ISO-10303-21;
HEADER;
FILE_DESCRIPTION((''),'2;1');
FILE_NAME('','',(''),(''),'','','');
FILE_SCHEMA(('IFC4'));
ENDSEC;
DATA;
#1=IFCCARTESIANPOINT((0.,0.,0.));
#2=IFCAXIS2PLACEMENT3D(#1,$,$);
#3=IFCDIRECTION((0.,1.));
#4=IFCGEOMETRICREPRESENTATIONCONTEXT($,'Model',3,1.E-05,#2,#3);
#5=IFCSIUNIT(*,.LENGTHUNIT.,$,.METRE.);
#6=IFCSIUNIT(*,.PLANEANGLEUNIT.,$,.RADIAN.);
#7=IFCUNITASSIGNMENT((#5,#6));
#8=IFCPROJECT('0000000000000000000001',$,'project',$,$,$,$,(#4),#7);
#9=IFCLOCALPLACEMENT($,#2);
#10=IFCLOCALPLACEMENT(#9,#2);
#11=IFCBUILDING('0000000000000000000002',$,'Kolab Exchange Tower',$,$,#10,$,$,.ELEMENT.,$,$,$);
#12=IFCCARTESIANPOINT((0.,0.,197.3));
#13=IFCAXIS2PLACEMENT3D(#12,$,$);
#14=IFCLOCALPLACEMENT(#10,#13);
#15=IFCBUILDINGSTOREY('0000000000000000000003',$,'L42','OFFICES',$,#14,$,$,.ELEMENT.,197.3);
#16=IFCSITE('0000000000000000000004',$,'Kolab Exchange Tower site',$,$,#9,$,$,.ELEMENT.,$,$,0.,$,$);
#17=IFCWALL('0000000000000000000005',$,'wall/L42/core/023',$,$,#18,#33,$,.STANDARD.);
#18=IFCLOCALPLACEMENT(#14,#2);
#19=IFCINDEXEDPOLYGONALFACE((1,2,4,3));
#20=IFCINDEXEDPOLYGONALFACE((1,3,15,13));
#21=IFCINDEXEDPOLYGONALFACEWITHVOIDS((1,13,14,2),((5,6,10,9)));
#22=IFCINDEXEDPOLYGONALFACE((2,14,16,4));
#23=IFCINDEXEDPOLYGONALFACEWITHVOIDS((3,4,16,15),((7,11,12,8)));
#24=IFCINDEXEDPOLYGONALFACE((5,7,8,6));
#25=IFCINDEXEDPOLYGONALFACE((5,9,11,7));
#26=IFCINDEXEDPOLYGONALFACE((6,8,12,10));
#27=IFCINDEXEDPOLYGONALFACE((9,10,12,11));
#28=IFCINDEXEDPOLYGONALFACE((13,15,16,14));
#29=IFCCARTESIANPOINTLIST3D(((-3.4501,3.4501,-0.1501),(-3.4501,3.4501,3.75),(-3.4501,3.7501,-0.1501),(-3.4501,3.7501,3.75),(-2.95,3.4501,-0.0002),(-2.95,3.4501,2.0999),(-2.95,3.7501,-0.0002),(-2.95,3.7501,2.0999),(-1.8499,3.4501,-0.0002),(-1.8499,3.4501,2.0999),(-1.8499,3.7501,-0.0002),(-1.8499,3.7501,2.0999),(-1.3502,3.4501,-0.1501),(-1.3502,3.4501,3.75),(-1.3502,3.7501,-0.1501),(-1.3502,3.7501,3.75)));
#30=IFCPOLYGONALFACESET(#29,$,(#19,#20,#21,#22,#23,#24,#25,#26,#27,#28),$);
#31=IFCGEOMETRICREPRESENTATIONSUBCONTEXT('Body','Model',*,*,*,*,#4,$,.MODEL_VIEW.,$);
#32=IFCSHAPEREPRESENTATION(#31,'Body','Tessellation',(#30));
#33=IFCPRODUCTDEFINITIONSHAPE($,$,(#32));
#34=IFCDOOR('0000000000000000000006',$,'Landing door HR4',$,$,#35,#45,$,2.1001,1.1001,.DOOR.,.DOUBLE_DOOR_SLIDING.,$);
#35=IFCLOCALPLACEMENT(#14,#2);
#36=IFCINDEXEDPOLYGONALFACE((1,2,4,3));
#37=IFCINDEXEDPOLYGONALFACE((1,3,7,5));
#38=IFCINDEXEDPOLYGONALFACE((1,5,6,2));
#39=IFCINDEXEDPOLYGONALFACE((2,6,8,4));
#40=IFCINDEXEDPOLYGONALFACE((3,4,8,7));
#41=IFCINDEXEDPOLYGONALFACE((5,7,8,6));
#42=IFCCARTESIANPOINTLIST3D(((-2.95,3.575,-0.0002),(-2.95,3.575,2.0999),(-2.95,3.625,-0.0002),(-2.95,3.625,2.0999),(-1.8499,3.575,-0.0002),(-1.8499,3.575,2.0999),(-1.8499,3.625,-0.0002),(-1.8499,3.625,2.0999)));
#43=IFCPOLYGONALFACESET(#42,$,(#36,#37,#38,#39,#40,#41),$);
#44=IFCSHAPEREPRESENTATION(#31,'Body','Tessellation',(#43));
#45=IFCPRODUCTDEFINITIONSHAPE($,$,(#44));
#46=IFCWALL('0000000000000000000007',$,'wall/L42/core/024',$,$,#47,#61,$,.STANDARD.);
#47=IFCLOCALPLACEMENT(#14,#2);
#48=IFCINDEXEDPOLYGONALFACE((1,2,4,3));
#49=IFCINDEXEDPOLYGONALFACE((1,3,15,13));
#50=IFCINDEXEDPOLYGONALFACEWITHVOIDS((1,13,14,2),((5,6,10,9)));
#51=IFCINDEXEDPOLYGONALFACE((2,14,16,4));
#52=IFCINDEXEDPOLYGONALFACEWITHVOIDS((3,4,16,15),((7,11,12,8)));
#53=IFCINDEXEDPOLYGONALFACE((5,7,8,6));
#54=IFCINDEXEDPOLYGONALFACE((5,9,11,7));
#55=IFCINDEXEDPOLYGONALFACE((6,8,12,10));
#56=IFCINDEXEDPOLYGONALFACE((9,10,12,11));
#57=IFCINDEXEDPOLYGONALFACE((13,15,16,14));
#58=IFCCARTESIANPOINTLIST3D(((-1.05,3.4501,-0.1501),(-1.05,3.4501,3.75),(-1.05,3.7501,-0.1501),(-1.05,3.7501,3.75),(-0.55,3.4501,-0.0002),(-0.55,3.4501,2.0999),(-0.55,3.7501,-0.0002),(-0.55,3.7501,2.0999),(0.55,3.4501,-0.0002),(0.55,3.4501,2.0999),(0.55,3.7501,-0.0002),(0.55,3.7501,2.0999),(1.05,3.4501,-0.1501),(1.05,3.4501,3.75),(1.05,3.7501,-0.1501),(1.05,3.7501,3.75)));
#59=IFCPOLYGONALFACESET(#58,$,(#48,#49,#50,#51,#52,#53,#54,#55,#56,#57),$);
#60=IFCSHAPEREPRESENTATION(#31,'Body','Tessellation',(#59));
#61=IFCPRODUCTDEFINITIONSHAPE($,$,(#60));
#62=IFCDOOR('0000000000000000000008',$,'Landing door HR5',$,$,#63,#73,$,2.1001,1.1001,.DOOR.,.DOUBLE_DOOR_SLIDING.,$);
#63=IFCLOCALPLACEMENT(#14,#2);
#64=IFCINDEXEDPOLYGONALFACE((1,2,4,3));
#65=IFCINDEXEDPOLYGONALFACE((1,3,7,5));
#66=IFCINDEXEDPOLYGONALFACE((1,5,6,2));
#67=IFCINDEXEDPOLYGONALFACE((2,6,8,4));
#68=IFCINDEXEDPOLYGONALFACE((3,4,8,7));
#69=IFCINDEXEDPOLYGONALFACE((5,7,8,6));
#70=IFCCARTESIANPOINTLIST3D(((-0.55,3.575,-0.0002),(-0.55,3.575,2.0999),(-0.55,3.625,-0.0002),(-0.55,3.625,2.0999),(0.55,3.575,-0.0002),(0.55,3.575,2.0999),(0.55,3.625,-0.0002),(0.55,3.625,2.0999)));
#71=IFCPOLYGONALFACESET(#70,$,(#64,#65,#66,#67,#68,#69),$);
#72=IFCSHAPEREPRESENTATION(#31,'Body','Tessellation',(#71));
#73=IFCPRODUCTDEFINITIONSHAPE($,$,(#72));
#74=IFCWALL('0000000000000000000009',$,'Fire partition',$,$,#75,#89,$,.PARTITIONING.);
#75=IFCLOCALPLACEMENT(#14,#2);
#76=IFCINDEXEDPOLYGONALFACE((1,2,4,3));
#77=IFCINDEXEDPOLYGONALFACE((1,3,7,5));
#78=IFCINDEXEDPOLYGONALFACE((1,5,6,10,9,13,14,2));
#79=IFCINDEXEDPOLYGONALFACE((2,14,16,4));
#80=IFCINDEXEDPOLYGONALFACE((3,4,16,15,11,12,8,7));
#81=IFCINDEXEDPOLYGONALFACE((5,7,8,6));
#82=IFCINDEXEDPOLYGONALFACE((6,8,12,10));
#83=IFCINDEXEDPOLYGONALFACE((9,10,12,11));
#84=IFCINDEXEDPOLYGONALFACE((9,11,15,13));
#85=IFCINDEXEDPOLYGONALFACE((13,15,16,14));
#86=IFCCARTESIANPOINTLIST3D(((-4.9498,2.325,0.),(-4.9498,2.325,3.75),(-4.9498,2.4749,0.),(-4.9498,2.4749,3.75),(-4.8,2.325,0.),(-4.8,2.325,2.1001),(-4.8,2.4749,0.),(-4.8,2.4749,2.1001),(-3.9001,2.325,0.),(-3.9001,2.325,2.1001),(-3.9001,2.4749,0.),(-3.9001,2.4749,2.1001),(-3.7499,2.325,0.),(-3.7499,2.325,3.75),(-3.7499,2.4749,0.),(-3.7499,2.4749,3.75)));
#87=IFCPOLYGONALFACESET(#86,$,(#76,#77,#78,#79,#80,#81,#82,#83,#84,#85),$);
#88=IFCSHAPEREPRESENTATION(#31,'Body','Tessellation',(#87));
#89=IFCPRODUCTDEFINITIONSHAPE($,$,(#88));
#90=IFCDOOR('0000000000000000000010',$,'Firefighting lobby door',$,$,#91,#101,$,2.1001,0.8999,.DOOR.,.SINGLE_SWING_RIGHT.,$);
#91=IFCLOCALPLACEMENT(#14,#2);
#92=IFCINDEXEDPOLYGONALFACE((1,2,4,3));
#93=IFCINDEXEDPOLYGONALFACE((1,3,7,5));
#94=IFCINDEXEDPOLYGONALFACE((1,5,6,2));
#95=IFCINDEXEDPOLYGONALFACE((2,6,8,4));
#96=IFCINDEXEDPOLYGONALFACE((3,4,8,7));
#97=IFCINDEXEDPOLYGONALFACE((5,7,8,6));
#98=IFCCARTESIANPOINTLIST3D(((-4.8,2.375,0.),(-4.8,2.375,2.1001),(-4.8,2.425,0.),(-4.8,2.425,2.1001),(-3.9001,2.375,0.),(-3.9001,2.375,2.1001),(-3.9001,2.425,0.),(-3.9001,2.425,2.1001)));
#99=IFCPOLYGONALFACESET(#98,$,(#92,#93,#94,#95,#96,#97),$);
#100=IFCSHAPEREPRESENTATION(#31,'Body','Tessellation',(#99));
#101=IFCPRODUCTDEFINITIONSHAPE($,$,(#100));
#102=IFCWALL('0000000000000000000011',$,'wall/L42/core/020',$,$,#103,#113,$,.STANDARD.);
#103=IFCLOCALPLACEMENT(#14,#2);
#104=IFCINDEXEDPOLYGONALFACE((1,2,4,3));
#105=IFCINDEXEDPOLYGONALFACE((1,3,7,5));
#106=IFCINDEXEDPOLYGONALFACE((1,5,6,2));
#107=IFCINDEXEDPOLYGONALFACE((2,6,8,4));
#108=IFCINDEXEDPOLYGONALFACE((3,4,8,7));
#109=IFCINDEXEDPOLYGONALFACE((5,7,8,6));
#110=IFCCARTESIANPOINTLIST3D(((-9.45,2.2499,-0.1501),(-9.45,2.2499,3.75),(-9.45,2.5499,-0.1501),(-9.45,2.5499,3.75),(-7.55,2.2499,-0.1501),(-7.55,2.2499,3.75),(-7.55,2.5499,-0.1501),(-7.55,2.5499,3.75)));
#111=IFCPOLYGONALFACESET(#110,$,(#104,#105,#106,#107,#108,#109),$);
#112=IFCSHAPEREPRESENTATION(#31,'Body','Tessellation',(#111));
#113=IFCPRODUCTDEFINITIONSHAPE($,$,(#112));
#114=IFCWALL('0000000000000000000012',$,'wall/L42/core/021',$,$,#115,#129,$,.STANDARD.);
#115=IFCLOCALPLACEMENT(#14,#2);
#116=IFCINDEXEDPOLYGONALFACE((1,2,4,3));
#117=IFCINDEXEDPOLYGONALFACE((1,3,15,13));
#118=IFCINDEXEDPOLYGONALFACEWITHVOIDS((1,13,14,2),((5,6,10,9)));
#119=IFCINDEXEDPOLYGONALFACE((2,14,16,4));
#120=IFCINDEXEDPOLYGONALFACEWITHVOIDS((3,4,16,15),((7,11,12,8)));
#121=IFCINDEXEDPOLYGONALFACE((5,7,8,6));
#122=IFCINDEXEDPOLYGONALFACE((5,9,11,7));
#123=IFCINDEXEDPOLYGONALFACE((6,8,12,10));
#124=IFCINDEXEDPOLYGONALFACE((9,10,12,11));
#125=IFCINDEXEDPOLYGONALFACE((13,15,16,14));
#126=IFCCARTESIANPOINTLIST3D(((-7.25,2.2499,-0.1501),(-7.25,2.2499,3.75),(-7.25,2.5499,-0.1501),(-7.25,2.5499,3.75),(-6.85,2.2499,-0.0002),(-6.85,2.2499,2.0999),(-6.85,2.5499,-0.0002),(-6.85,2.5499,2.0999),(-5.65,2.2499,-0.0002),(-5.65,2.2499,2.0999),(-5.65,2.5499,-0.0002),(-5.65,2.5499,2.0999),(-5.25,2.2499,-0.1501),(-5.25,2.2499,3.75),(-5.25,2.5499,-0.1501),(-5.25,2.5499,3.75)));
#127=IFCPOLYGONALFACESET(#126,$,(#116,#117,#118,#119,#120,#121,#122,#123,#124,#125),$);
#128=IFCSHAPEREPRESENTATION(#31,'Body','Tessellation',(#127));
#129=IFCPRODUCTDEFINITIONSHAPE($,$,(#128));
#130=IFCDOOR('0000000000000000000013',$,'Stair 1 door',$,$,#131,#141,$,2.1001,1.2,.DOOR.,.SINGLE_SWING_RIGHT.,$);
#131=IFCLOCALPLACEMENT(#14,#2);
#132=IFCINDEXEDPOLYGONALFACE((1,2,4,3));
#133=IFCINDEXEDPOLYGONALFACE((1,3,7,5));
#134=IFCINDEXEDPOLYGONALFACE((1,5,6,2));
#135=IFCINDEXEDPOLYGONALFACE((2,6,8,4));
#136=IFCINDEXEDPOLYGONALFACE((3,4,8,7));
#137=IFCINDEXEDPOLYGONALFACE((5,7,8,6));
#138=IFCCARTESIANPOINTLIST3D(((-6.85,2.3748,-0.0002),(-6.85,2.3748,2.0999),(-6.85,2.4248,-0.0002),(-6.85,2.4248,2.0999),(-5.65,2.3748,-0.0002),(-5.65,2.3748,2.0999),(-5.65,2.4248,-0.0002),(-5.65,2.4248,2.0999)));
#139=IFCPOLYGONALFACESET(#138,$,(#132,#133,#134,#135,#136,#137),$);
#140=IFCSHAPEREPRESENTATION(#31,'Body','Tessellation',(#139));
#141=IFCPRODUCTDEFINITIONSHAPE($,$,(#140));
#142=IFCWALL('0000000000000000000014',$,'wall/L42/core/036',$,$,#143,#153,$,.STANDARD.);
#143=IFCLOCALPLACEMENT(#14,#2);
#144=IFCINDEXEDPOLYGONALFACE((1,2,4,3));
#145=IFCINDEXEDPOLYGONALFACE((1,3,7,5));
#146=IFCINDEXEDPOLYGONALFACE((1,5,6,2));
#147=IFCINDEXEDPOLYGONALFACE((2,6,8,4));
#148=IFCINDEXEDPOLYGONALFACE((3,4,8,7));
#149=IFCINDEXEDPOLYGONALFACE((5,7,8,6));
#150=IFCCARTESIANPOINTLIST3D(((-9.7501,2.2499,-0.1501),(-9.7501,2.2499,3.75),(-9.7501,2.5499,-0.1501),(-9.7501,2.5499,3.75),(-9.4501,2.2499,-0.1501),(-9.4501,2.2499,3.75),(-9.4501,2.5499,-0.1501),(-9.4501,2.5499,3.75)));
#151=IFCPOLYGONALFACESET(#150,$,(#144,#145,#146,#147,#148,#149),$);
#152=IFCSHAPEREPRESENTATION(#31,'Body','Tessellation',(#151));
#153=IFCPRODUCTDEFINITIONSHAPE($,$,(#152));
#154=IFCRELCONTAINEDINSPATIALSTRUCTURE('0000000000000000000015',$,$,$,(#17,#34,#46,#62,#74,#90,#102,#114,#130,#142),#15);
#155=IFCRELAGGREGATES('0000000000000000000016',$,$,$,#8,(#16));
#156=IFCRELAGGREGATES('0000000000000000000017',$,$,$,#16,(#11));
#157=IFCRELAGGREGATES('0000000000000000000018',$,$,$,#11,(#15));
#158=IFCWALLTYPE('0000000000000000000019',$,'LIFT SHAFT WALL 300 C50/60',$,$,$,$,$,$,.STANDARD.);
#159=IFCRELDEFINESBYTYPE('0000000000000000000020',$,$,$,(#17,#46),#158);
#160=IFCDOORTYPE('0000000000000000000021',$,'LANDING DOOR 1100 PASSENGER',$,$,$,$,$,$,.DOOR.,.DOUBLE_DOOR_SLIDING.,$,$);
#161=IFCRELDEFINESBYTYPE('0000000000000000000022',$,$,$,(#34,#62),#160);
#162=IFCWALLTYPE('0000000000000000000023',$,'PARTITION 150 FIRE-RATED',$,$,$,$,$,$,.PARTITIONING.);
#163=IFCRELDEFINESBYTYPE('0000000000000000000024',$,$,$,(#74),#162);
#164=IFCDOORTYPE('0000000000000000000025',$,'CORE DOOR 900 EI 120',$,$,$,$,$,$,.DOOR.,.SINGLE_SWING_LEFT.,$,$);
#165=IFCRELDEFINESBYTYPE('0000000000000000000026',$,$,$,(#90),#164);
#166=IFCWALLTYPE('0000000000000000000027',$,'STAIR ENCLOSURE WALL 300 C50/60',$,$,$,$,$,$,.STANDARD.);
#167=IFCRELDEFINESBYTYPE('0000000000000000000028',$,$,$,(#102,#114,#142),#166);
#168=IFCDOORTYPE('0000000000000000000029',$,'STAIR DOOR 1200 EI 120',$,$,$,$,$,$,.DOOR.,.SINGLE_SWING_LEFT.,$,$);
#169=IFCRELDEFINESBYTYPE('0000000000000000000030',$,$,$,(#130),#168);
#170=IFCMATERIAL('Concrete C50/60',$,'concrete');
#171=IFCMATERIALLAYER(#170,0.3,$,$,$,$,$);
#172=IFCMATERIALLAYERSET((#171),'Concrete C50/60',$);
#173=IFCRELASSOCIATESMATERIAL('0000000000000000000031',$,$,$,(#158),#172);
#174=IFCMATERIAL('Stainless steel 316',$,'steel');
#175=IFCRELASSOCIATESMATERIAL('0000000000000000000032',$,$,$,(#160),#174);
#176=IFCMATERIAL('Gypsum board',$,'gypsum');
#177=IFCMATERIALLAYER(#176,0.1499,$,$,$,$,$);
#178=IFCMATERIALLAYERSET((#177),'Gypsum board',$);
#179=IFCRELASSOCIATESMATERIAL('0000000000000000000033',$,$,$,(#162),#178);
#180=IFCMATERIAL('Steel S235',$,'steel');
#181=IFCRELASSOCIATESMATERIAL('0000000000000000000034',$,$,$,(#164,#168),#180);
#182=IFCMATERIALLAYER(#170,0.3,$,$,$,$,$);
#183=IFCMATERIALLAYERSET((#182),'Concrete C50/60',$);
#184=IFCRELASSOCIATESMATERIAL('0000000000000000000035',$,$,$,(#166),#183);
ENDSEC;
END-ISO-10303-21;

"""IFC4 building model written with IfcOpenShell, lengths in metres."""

from ifc_helpers import new_model, si_unit, direction, frame, frame_2d, origin, place, context, subcontext, project, spatial, rectangle, extrude, material, layer, layer_set, type_object, element, fill, save


model = new_model("IFC4")

# Units and contexts
model_context = context("Model", 3, precision=1e-05, world=origin(), true_north=direction((0.0, 1.0)))
body_context = subcontext(model_context, "Body", "Model", "MODEL_VIEW")
ifc_project = project(units=[si_unit("LENGTHUNIT", "METRE"), si_unit("PLANEANGLEUNIT", "RADIAN")], contexts=[model_context])

# Site, building, storey
site_placement = place(None, origin())
site = spatial("IfcSite", under=ifc_project, at=site_placement, Name="Kolab Exchange Tower site", CompositionType="ELEMENT", RefElevation=0.0)
building_placement = place(site_placement, origin())
building = spatial("IfcBuilding", under=site, at=building_placement, Name="Kolab Exchange Tower", CompositionType="ELEMENT")
storey_placement = place(building_placement, frame((0.0, 0.0, 197.3)))
storey = spatial("IfcBuildingStorey", under=building, at=storey_placement, Name="L42", Description="OFFICES", CompositionType="ELEMENT", Elevation=197.3)

# Shared definitions
ifc_material_1 = material(Name="Concrete C50/60", Category="concrete")
ifc_layer_1 = layer(ifc_material_1, 0.3)
ifc_layer_set_1 = layer_set([ifc_layer_1], Name="Concrete C50/60")
wall_type_1 = type_object("IfcWallType", Name="LIFT SHAFT WALL 300 C50/60", PredefinedType="STANDARD", material=ifc_layer_set_1)

# Walls, openings, doors
wall_1_placement = place(storey_placement, frame((-3.45, 3.6001, -0.1501), z_axis=(0.0, 0.0, 1.0), x_axis=(1.0, 0.0, 0.0)))
wall_1 = element("IfcWall", 1, at=wall_1_placement, inside=storey, type_object=wall_type_1, Name="wall/L42/core/023", PredefinedType="STANDARD", context=body_context, shape_type="SweptSolid", body=[
    extrude(rectangle(XDim=2.0999, YDim=0.3, at=frame_2d((1.0498, 0.0))), origin(), (0.0, 0.0, 1.0), 3.9001),
])
opening_1_placement = place(wall_1_placement, frame((0.5, 0.0, 0.1499)))
opening_1 = element("IfcOpeningElement", 2, at=opening_1_placement, cuts=wall_1, PredefinedType="OPENING", context=body_context, shape_type="SweptSolid", body=[
    extrude(rectangle(XDim=1.1001, YDim=2.1001, at=frame_2d((0.55, 1.05))), frame((0.0, 0.1602, 0.0), z_axis=(0.0, -1.0, 0.0), x_axis=(1.0, 0.0, 0.0)), (0.0, 0.0, 1.0), 0.3201),
])
ifc_material_2 = material(Name="Stainless steel 316", Category="steel")
door_type_1 = type_object("IfcDoorType", Name="LANDING DOOR 1100 PASSENGER", OperationType="DOUBLE_DOOR_SLIDING", PredefinedType="DOOR", material=ifc_material_2)
door_1_placement = place(opening_1_placement, origin())
door_1 = element("IfcDoor", 3, at=door_1_placement, inside=storey, type_object=door_type_1, Name="Landing door HR4", OperationType="DOUBLE_DOOR_SLIDING", OverallHeight=2.1001, OverallWidth=1.1001, PredefinedType="DOOR", context=body_context, shape_type="SweptSolid", body=[
    extrude(rectangle(XDim=1.1001, YDim=2.1001, at=frame_2d((0.55, 1.05))), frame((0.0, 0.0249, 0.0), z_axis=(0.0, -1.0, 0.0), x_axis=(1.0, 0.0, 0.0)), (0.0, 0.0, 1.0), 0.05),
])
fill(opening_1, door_1)
wall_2_placement = place(storey_placement, frame((-1.05, 3.6001, -0.1501), z_axis=(0.0, 0.0, 1.0), x_axis=(1.0, 0.0, 0.0)))
wall_2 = element("IfcWall", 4, at=wall_2_placement, inside=storey, type_object=wall_type_1, Name="wall/L42/core/024", PredefinedType="STANDARD", context=body_context, shape_type="SweptSolid", body=[
    extrude(rectangle(XDim=2.1001, YDim=0.3, at=frame_2d((1.05, 0.0))), origin(), (0.0, 0.0, 1.0), 3.9001),
])
opening_2_placement = place(wall_2_placement, frame((0.5, 0.0, 0.1499)))
opening_2 = element("IfcOpeningElement", 5, at=opening_2_placement, cuts=wall_2, PredefinedType="OPENING", context=body_context, shape_type="SweptSolid", body=[
    extrude(rectangle(XDim=1.1001, YDim=2.1001, at=frame_2d((0.55, 1.05))), frame((0.0, 0.1602, 0.0), z_axis=(0.0, -1.0, 0.0), x_axis=(1.0, 0.0, 0.0)), (0.0, 0.0, 1.0), 0.3201),
])
door_2_placement = place(opening_2_placement, origin())
door_2 = element("IfcDoor", 6, at=door_2_placement, inside=storey, type_object=door_type_1, Name="Landing door HR5", OperationType="DOUBLE_DOOR_SLIDING", OverallHeight=2.1001, OverallWidth=1.1001, PredefinedType="DOOR", context=body_context, shape_type="SweptSolid", body=[
    extrude(rectangle(XDim=1.1001, YDim=2.1001, at=frame_2d((0.55, 1.05))), frame((0.0, 0.0249, 0.0), z_axis=(0.0, -1.0, 0.0), x_axis=(1.0, 0.0, 0.0)), (0.0, 0.0, 1.0), 0.05),
])
fill(opening_2, door_2)
ifc_material_3 = material(Name="Gypsum board", Category="gypsum")
ifc_layer_2 = layer(ifc_material_3, 0.1499)
ifc_layer_set_2 = layer_set([ifc_layer_2], Name="Gypsum board")
wall_type_2 = type_object("IfcWallType", Name="PARTITION 150 FIRE-RATED", PredefinedType="PARTITIONING", material=ifc_layer_set_2)
wall_3_placement = place(storey_placement, frame((-4.95, 2.3999, 0.0), z_axis=(0.0, 0.0, 1.0), x_axis=(1.0, 0.0, 0.0)))
wall_3 = element("IfcWall", 7, at=wall_3_placement, inside=storey, type_object=wall_type_2, Name="Fire partition", PredefinedType="PARTITIONING", context=body_context, shape_type="SweptSolid", body=[
    extrude(rectangle(XDim=1.2, YDim=0.1499, at=frame_2d((0.6001, 0.0))), origin(), (0.0, 0.0, 1.0), 3.75),
])
opening_3_placement = place(wall_3_placement, frame((0.1499, 0.0, 0.0)))
opening_3 = element("IfcOpeningElement", 8, at=opening_3_placement, cuts=wall_3, PredefinedType="OPENING", context=body_context, shape_type="SweptSolid", body=[
    extrude(rectangle(XDim=0.8999, YDim=2.1001, at=frame_2d((0.45, 1.05))), frame((0.0, 0.085, 0.0), z_axis=(0.0, -1.0, 0.0), x_axis=(1.0, 0.0, 0.0)), (0.0, 0.0, 1.0), 0.1699),
])
ifc_material_4 = material(Name="Steel S235", Category="steel")
door_type_2 = type_object("IfcDoorType", Name="CORE DOOR 900 EI 120", OperationType="SINGLE_SWING_LEFT", PredefinedType="DOOR", material=ifc_material_4)
door_3_placement = place(opening_3_placement, frame((0.8999, 0.0, 0.0), z_axis=(0.0, 0.0, 1.0), x_axis=(-1.0, 0.0, 0.0)))
door_3 = element("IfcDoor", 9, at=door_3_placement, inside=storey, type_object=door_type_2, Name="Firefighting lobby door", OperationType="SINGLE_SWING_RIGHT", OverallHeight=2.1001, OverallWidth=0.8999, PredefinedType="DOOR", context=body_context, shape_type="SweptSolid", body=[
    extrude(rectangle(XDim=0.8999, YDim=2.1001, at=frame_2d((0.45, 1.05))), frame((0.0, 0.0249, 0.0), z_axis=(0.0, -1.0, 0.0), x_axis=(1.0, 0.0, 0.0)), (0.0, 0.0, 1.0), 0.05),
])
fill(opening_3, door_3)

# Wall
ifc_layer_3 = layer(ifc_material_1, 0.3)
ifc_layer_set_3 = layer_set([ifc_layer_3], Name="Concrete C50/60")
wall_type_3 = type_object("IfcWallType", Name="STAIR ENCLOSURE WALL 300 C50/60", PredefinedType="STANDARD", material=ifc_layer_set_3)
wall_4_placement = place(storey_placement, frame((-9.45, 2.3999, -0.1501), z_axis=(0.0, 0.0, 1.0), x_axis=(1.0, 0.0, 0.0)))
element("IfcWall", 10, at=wall_4_placement, inside=storey, type_object=wall_type_3, Name="wall/L42/core/020", PredefinedType="STANDARD", context=body_context, shape_type="SweptSolid", body=[
    extrude(rectangle(XDim=1.8999, YDim=0.3, at=frame_2d((0.95, 0.0))), origin(), (0.0, 0.0, 1.0), 3.9001),
])

# Wall, opening, door
wall_5_placement = place(storey_placement, frame((-7.25, 2.3999, -0.1501), z_axis=(0.0, 0.0, 1.0), x_axis=(1.0, 0.0, 0.0)))
wall_5 = element("IfcWall", 11, at=wall_5_placement, inside=storey, type_object=wall_type_3, Name="wall/L42/core/021", PredefinedType="STANDARD", context=body_context, shape_type="SweptSolid", body=[
    extrude(rectangle(XDim=2.0, YDim=0.3, at=frame_2d((1.0, 0.0))), origin(), (0.0, 0.0, 1.0), 3.9001),
])
opening_4_placement = place(wall_5_placement, frame((0.3999, 0.0, 0.1499)))
opening_4 = element("IfcOpeningElement", 12, at=opening_4_placement, cuts=wall_5, PredefinedType="OPENING", context=body_context, shape_type="SweptSolid", body=[
    extrude(rectangle(XDim=1.2, YDim=2.1001, at=frame_2d((0.6001, 1.05))), frame((0.0, 0.1602, 0.0), z_axis=(0.0, -1.0, 0.0), x_axis=(1.0, 0.0, 0.0)), (0.0, 0.0, 1.0), 0.3201),
])
door_type_3 = type_object("IfcDoorType", Name="STAIR DOOR 1200 EI 120", OperationType="SINGLE_SWING_LEFT", PredefinedType="DOOR", material=ifc_material_4)
door_4_placement = place(opening_4_placement, origin())
door_4 = element("IfcDoor", 13, at=door_4_placement, inside=storey, type_object=door_type_3, Name="Stair 1 door", OperationType="SINGLE_SWING_RIGHT", OverallHeight=2.1001, OverallWidth=1.2, PredefinedType="DOOR", context=body_context, shape_type="SweptSolid", body=[
    extrude(rectangle(XDim=1.2, YDim=2.1001, at=frame_2d((0.6001, 1.05))), frame((0.0, 0.0249, 0.0), z_axis=(0.0, -1.0, 0.0), x_axis=(1.0, 0.0, 0.0)), (0.0, 0.0, 1.0), 0.05),
])
fill(opening_4, door_4)

# Wall
wall_6_placement = place(storey_placement, frame((-9.6001, 2.25, -0.1501), z_axis=(0.0, 0.0, 1.0), x_axis=(0.0, 1.0, 0.0)))
element("IfcWall", 14, at=wall_6_placement, inside=storey, type_object=wall_type_3, Name="wall/L42/core/036", PredefinedType="STANDARD", context=body_context, shape_type="SweptSolid", body=[
    extrude(rectangle(XDim=0.3, YDim=0.3, at=frame_2d((0.1499, 0.0))), origin(), (0.0, 0.0, 1.0), 3.9001),
])

save(model, "model.ifc")
